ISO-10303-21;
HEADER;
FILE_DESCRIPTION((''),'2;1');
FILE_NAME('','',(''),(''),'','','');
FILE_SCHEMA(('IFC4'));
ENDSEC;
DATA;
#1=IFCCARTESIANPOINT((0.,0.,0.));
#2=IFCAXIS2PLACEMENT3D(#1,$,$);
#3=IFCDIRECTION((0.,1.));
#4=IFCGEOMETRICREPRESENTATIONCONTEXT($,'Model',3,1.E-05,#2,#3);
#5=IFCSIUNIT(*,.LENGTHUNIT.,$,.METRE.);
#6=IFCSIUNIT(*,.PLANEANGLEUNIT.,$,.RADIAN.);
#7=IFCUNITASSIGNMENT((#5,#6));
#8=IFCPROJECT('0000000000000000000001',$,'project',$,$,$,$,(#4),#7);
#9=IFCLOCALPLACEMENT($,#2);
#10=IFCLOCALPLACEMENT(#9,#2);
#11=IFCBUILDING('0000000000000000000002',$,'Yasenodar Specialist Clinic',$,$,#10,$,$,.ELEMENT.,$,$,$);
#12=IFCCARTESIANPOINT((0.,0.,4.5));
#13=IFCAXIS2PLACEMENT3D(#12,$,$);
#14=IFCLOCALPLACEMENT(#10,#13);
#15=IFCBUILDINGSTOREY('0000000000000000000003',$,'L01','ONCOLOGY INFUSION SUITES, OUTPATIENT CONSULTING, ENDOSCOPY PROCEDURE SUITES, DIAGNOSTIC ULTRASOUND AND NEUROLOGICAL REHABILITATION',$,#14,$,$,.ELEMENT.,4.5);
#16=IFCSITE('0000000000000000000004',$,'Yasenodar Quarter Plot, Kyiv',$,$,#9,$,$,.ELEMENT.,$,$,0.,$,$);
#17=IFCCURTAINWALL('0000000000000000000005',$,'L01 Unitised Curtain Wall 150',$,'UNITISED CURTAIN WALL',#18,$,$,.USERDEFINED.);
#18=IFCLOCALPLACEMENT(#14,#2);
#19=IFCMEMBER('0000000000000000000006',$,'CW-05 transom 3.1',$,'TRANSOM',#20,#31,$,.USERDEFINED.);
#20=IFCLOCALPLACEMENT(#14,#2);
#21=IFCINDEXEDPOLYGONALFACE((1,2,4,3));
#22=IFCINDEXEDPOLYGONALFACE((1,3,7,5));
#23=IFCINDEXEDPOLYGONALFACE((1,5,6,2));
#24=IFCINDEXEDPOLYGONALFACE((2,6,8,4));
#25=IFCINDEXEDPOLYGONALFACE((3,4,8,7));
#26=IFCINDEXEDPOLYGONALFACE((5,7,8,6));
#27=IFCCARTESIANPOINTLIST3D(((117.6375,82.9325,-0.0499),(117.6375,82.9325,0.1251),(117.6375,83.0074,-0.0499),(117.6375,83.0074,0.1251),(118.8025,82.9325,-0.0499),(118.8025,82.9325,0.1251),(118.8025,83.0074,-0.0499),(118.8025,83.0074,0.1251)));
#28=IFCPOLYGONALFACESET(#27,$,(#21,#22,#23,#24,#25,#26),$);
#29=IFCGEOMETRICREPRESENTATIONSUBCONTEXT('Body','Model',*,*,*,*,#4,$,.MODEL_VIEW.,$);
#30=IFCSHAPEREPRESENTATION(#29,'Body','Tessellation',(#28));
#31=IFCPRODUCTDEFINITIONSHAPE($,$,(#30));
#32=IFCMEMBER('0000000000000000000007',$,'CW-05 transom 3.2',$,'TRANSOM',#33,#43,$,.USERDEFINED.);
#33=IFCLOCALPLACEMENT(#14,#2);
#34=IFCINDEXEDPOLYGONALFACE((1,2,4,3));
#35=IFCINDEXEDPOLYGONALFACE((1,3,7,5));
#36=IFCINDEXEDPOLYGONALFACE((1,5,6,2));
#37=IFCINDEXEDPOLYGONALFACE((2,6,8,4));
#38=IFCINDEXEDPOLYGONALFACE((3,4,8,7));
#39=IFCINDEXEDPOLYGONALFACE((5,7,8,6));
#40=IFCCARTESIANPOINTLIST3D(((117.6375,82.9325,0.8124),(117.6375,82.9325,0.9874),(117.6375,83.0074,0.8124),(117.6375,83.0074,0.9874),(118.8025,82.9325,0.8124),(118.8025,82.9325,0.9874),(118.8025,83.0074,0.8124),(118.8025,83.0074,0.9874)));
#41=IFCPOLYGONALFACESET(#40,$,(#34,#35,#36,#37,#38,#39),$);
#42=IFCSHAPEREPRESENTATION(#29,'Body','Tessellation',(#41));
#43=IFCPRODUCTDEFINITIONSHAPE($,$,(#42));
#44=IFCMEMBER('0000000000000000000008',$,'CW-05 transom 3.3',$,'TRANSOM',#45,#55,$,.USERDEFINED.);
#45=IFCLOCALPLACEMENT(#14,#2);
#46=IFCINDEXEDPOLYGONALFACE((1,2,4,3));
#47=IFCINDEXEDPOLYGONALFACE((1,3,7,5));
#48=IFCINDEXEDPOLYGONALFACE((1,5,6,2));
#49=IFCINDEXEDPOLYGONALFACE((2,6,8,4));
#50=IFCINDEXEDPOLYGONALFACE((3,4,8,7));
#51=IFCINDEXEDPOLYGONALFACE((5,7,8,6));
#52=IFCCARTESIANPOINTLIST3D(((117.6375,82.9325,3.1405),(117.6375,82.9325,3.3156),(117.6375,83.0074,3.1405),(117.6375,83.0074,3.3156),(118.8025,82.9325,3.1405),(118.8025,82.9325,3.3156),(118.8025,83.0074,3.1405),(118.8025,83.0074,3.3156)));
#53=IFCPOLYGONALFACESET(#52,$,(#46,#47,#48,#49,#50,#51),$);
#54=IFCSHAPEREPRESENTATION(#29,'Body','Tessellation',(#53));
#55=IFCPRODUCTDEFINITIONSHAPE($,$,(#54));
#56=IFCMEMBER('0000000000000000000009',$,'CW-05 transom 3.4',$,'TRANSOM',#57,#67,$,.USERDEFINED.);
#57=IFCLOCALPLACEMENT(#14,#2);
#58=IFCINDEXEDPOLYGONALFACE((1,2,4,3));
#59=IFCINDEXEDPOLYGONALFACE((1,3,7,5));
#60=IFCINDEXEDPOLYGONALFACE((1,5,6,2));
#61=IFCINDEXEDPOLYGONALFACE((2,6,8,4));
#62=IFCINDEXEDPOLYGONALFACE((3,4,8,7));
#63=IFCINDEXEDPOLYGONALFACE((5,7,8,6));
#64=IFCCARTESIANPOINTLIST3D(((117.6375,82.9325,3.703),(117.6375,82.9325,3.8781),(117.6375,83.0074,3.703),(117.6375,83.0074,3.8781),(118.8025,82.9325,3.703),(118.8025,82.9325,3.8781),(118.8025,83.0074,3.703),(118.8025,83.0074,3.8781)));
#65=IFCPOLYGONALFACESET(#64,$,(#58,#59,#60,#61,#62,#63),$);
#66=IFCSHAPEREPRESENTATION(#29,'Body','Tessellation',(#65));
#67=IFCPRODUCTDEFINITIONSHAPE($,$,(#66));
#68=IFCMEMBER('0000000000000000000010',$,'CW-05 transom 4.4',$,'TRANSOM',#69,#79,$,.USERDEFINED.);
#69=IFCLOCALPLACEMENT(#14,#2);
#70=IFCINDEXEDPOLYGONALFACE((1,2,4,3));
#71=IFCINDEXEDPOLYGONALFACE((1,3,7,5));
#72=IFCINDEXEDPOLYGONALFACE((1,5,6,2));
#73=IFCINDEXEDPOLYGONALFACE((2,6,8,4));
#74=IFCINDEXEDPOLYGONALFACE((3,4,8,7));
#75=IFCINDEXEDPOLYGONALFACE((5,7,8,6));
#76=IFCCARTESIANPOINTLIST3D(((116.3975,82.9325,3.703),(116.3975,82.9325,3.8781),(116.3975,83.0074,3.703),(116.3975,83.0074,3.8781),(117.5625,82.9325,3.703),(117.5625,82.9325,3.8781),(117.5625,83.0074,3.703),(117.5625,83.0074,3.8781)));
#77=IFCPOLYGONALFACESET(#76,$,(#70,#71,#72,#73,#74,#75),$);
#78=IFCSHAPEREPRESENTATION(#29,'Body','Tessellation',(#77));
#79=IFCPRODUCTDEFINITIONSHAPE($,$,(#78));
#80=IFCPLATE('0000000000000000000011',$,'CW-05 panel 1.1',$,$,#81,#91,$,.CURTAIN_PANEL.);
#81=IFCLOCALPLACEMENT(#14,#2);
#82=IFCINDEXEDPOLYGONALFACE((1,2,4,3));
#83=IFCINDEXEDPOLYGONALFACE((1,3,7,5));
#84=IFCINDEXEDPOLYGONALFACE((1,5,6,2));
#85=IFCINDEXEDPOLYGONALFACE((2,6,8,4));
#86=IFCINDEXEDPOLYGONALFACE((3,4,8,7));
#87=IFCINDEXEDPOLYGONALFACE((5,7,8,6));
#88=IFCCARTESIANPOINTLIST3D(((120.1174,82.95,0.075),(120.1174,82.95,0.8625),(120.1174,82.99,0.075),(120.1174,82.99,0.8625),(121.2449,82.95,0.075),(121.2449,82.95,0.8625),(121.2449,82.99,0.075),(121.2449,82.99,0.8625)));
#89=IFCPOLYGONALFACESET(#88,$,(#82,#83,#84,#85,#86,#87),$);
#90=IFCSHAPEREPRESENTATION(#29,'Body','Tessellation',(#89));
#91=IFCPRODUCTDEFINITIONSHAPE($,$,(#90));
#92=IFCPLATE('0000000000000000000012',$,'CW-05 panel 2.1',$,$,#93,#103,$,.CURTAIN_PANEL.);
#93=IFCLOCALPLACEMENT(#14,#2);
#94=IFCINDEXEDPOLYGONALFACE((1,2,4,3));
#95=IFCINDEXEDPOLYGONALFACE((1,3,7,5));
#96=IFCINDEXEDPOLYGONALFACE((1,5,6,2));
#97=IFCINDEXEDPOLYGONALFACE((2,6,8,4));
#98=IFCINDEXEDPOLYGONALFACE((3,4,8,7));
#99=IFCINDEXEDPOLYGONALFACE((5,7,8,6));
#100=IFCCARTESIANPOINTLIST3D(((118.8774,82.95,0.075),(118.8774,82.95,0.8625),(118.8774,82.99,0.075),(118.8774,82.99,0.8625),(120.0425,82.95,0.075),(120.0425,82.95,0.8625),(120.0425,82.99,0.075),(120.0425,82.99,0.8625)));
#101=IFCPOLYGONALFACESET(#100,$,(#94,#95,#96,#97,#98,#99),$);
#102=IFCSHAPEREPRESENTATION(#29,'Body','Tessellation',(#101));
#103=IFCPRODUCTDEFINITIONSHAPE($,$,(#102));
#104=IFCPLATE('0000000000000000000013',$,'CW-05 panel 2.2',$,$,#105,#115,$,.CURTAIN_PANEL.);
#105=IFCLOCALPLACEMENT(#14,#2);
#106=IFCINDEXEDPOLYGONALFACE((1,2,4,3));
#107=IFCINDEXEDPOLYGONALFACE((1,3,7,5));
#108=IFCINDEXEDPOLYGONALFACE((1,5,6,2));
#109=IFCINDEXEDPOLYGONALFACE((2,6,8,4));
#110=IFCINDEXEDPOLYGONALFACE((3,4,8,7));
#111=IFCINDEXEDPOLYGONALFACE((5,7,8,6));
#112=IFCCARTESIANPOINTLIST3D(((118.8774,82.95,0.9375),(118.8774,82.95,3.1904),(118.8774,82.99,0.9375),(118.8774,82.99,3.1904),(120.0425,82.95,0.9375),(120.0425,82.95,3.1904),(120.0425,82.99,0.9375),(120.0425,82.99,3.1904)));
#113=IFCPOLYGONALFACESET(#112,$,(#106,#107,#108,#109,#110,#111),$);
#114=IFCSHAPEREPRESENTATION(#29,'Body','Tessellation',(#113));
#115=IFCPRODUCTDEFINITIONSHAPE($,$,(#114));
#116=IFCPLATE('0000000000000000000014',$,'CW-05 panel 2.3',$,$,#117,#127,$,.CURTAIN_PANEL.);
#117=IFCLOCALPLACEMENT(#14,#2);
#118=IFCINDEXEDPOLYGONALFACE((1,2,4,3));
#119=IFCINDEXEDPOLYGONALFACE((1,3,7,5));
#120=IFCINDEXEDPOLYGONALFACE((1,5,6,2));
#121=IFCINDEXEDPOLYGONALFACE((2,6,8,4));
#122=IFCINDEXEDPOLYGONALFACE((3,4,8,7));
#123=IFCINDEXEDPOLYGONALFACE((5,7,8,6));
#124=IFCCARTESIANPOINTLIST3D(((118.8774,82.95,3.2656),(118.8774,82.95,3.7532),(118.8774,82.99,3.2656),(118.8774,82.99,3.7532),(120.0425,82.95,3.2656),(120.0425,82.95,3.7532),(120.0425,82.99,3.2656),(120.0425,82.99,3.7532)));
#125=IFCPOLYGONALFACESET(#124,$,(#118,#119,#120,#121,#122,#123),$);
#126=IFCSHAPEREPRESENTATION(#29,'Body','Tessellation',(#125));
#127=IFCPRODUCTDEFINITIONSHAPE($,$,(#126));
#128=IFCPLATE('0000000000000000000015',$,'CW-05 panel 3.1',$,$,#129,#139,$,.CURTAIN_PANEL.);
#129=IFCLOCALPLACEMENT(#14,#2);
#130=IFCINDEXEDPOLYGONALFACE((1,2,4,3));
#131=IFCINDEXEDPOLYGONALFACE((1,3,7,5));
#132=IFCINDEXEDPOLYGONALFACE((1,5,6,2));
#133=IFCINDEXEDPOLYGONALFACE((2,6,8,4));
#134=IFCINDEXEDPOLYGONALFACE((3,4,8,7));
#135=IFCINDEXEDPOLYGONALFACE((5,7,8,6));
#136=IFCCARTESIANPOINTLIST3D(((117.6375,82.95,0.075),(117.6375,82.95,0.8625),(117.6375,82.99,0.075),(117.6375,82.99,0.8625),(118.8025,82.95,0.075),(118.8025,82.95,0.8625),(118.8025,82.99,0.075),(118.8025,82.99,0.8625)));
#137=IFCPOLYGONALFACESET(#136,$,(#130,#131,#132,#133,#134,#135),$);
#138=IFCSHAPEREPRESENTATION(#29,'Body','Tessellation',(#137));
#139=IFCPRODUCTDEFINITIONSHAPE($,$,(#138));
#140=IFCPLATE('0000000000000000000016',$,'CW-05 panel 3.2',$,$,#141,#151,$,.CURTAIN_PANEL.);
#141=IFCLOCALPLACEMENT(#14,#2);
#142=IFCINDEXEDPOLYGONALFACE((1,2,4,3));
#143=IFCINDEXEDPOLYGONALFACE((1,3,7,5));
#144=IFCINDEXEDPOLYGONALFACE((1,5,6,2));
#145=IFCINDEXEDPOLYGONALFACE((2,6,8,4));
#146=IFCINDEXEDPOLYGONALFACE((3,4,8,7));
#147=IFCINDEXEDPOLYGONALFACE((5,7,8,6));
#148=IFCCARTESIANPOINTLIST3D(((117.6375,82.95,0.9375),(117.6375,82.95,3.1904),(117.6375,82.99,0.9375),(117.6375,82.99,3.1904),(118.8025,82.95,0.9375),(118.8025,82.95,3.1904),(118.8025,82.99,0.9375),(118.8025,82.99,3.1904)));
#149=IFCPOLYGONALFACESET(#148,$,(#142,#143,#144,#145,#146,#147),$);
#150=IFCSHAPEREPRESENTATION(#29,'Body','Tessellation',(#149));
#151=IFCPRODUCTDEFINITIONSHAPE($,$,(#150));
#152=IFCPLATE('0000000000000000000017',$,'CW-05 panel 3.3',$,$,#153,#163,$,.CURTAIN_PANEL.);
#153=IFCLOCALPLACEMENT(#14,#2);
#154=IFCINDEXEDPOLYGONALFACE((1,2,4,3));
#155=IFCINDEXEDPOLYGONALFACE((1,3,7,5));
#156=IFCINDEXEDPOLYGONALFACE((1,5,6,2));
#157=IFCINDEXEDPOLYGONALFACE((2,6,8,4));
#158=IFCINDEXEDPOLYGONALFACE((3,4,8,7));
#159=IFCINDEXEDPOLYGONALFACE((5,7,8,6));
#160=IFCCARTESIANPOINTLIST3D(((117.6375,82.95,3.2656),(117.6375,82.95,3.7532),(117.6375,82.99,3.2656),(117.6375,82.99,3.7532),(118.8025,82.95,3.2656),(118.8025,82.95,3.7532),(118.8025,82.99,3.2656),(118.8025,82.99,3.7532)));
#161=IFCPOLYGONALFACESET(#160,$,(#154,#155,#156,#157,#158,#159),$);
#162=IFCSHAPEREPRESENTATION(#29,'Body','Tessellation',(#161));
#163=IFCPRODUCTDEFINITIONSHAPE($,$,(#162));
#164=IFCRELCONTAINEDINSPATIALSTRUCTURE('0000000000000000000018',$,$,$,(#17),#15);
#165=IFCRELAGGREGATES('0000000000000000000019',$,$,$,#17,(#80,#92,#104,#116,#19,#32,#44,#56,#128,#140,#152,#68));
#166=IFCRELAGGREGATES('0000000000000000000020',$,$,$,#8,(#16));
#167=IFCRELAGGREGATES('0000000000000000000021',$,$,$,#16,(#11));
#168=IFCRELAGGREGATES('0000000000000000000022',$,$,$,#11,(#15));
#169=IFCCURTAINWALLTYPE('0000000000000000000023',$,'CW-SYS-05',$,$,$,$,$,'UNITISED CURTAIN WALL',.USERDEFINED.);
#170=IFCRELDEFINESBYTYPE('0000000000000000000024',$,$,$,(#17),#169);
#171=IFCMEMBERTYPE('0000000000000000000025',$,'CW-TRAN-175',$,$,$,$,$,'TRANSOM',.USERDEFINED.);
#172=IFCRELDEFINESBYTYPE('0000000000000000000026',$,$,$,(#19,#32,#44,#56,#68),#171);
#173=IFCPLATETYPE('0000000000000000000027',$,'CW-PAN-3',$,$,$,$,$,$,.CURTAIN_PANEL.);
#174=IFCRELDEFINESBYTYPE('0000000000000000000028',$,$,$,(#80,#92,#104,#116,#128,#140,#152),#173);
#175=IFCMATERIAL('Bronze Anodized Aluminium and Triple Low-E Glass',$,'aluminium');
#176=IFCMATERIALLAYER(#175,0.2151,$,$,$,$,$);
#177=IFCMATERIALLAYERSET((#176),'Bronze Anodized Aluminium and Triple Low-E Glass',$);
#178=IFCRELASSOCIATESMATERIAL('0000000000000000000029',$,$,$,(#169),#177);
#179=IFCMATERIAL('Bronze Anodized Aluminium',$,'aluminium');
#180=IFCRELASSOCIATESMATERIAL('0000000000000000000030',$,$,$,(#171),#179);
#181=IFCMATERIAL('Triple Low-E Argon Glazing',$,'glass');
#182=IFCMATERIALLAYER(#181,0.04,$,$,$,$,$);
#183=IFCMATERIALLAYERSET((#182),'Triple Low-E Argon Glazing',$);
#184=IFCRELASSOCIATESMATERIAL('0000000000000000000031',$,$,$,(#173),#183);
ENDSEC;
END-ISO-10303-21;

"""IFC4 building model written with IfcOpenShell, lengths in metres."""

from ifc_helpers import new_model, si_unit, direction, frame, origin, origin_2d, place, context, subcontext, project, spatial, rectangle, extrude, material, layer, layer_set, material_profile, profile_set, type_object, element, aggregate, save


model = new_model("IFC4")

# Units and contexts
model_context = context("Model", 3, precision=1e-05, world=origin(), true_north=direction((0.0, 1.0)))
body_context = subcontext(model_context, "Body", "Model", "MODEL_VIEW")
ifc_project = project(units=[si_unit("LENGTHUNIT", "METRE"), si_unit("PLANEANGLEUNIT", "RADIAN")], contexts=[model_context])

# Site, building, storey
site_placement = place(None, origin())
site = spatial("IfcSite", under=ifc_project, at=site_placement, Name="Yasenodar Quarter Plot, Kyiv", CompositionType="ELEMENT", RefElevation=0.0)
building_placement = place(site_placement, origin())
building = spatial("IfcBuilding", under=site, at=building_placement, Name="Yasenodar Specialist Clinic", CompositionType="ELEMENT")
storey_placement = place(building_placement, frame((0.0, 0.0, 4.5)))
storey = spatial("IfcBuildingStorey", under=building, at=storey_placement, Name="L01", Description="ONCOLOGY INFUSION SUITES, OUTPATIENT CONSULTING, ENDOSCOPY PROCEDURE SUITES, DIAGNOSTIC ULTRASOUND AND NEUROLOGICAL REHABILITATION", CompositionType="ELEMENT", Elevation=4.5)

# Curtain wall, members, plates
ifc_material_1 = material(Name="Bronze Anodized Aluminium and Triple Low-E Glass", Category="aluminium")
ifc_layer_1 = layer(ifc_material_1, 0.2151)
ifc_layer_set_1 = layer_set([ifc_layer_1], Name="Bronze Anodized Aluminium and Triple Low-E Glass")
curtain_wall_type = type_object("IfcCurtainWallType", Name="CW-SYS-05", ElementType="UNITISED CURTAIN WALL", PredefinedType="USERDEFINED", material=ifc_layer_set_1)
curtain_wall_placement = place(storey_placement, origin())
curtain_wall = element("IfcCurtainWall", 1, at=curtain_wall_placement, inside=storey, type_object=curtain_wall_type, Name="L01 Unitised Curtain Wall 150", ObjectType="UNITISED CURTAIN WALL", PredefinedType="USERDEFINED")
ifc_material_2 = material(Name="Bronze Anodized Aluminium", Category="aluminium")
ifc_material_profile_1 = material_profile(ifc_material_2, rectangle(XDim=0.075, YDim=0.175, at=origin_2d()), Name="CW-TRAN 75x175")
ifc_profile_set_1 = profile_set([ifc_material_profile_1], Name="Bronze Anodized Aluminium")
member_type_1 = type_object("IfcMemberType", Name="CW-TRAN-175", ElementType="TRANSOM", PredefinedType="USERDEFINED", material=ifc_profile_set_1)
member_1_placement = place(storey_placement, frame((118.8025, 82.97, 0.0376), z_axis=(-1.0, 0.0, 0.0), x_axis=(0.0, -1.0, 0.0)))
member_1 = element("IfcMember", 2, at=member_1_placement, type_object=member_type_1, Name="CW-05 transom 3.1", ObjectType="TRANSOM", PredefinedType="USERDEFINED", context=body_context, shape_type="SweptSolid", body=[
    extrude(rectangle(XDim=0.075, YDim=0.175, at=origin_2d()), origin(), (0.0, 0.0, 1.0), 1.165),
])
member_2_placement = place(storey_placement, frame((118.8025, 82.97, 0.8999), z_axis=(-1.0, 0.0, 0.0), x_axis=(0.0, -1.0, 0.0)))
member_2 = element("IfcMember", 3, at=member_2_placement, type_object=member_type_1, Name="CW-05 transom 3.2", ObjectType="TRANSOM", PredefinedType="USERDEFINED", context=body_context, shape_type="SweptSolid", body=[
    extrude(rectangle(XDim=0.075, YDim=0.175, at=origin_2d()), origin(), (0.0, 0.0, 1.0), 1.165),
])
member_3_placement = place(storey_placement, frame((118.8025, 82.97, 3.228), z_axis=(-1.0, 0.0, 0.0), x_axis=(0.0, -1.0, 0.0)))
member_3 = element("IfcMember", 4, at=member_3_placement, type_object=member_type_1, Name="CW-05 transom 3.3", ObjectType="TRANSOM", PredefinedType="USERDEFINED", context=body_context, shape_type="SweptSolid", body=[
    extrude(rectangle(XDim=0.075, YDim=0.175, at=origin_2d()), origin(), (0.0, 0.0, 1.0), 1.165),
])
member_4_placement = place(storey_placement, frame((118.8025, 82.97, 3.7905), z_axis=(-1.0, 0.0, 0.0), x_axis=(0.0, -1.0, 0.0)))
member_4 = element("IfcMember", 5, at=member_4_placement, type_object=member_type_1, Name="CW-05 transom 3.4", ObjectType="TRANSOM", PredefinedType="USERDEFINED", context=body_context, shape_type="SweptSolid", body=[
    extrude(rectangle(XDim=0.075, YDim=0.175, at=origin_2d()), origin(), (0.0, 0.0, 1.0), 1.165),
])
member_5_placement = place(storey_placement, frame((117.5625, 82.97, 3.7905), z_axis=(-1.0, 0.0, 0.0), x_axis=(0.0, -1.0, 0.0)))
member_5 = element("IfcMember", 6, at=member_5_placement, type_object=member_type_1, Name="CW-05 transom 4.4", ObjectType="TRANSOM", PredefinedType="USERDEFINED", context=body_context, shape_type="SweptSolid", body=[
    extrude(rectangle(XDim=0.075, YDim=0.175, at=origin_2d()), origin(), (0.0, 0.0, 1.0), 1.165),
])
ifc_material_3 = material(Name="Triple Low-E Argon Glazing", Category="glass")
ifc_layer_2 = layer(ifc_material_3, 0.04)
ifc_layer_set_2 = layer_set([ifc_layer_2], Name="Triple Low-E Argon Glazing")
plate_type = type_object("IfcPlateType", Name="CW-PAN-3", PredefinedType="CURTAIN_PANEL", material=ifc_layer_set_2)
plate_1_placement = place(storey_placement, frame((120.6812, 82.97, 0.075), z_axis=(0.0, 0.0, 1.0), x_axis=(-1.0, 0.0, 0.0)))
plate_1 = element("IfcPlate", 7, at=plate_1_placement, type_object=plate_type, Name="CW-05 panel 1.1", PredefinedType="CURTAIN_PANEL", context=body_context, shape_type="SweptSolid", body=[
    extrude(rectangle(XDim=1.1274, YDim=0.04, at=origin_2d()), origin(), (0.0, 0.0, 1.0), 0.7876),
])
plate_2_placement = place(storey_placement, frame((119.46, 82.97, 0.075), z_axis=(0.0, 0.0, 1.0), x_axis=(-1.0, 0.0, 0.0)))
plate_2 = element("IfcPlate", 8, at=plate_2_placement, type_object=plate_type, Name="CW-05 panel 2.1", PredefinedType="CURTAIN_PANEL", context=body_context, shape_type="SweptSolid", body=[
    extrude(rectangle(XDim=1.165, YDim=0.04, at=origin_2d()), origin(), (0.0, 0.0, 1.0), 0.7876),
])
plate_3_placement = place(storey_placement, frame((119.46, 82.97, 0.9375), z_axis=(0.0, 0.0, 1.0), x_axis=(-1.0, 0.0, 0.0)))
plate_3 = element("IfcPlate", 9, at=plate_3_placement, type_object=plate_type, Name="CW-05 panel 2.2", PredefinedType="CURTAIN_PANEL", context=body_context, shape_type="SweptSolid", body=[
    extrude(rectangle(XDim=1.165, YDim=0.04, at=origin_2d()), origin(), (0.0, 0.0, 1.0), 2.2529),
])
plate_4_placement = place(storey_placement, frame((119.46, 82.97, 3.2656), z_axis=(0.0, 0.0, 1.0), x_axis=(-1.0, 0.0, 0.0)))
plate_4 = element("IfcPlate", 10, at=plate_4_placement, type_object=plate_type, Name="CW-05 panel 2.3", PredefinedType="CURTAIN_PANEL", context=body_context, shape_type="SweptSolid", body=[
    extrude(rectangle(XDim=1.165, YDim=0.04, at=origin_2d()), origin(), (0.0, 0.0, 1.0), 0.4875),
])
plate_5_placement = place(storey_placement, frame((118.22, 82.97, 0.075), z_axis=(0.0, 0.0, 1.0), x_axis=(-1.0, 0.0, 0.0)))
plate_5 = element("IfcPlate", 11, at=plate_5_placement, type_object=plate_type, Name="CW-05 panel 3.1", PredefinedType="CURTAIN_PANEL", context=body_context, shape_type="SweptSolid", body=[
    extrude(rectangle(XDim=1.165, YDim=0.04, at=origin_2d()), origin(), (0.0, 0.0, 1.0), 0.7876),
])
plate_6_placement = place(storey_placement, frame((118.22, 82.97, 0.9375), z_axis=(0.0, 0.0, 1.0), x_axis=(-1.0, 0.0, 0.0)))
plate_6 = element("IfcPlate", 12, at=plate_6_placement, type_object=plate_type, Name="CW-05 panel 3.2", PredefinedType="CURTAIN_PANEL", context=body_context, shape_type="SweptSolid", body=[
    extrude(rectangle(XDim=1.165, YDim=0.04, at=origin_2d()), origin(), (0.0, 0.0, 1.0), 2.2529),
])
plate_7_placement = place(storey_placement, frame((118.22, 82.97, 3.2656), z_axis=(0.0, 0.0, 1.0), x_axis=(-1.0, 0.0, 0.0)))
plate_7 = element("IfcPlate", 13, at=plate_7_placement, type_object=plate_type, Name="CW-05 panel 3.3", PredefinedType="CURTAIN_PANEL", context=body_context, shape_type="SweptSolid", body=[
    extrude(rectangle(XDim=1.165, YDim=0.04, at=origin_2d()), origin(), (0.0, 0.0, 1.0), 0.4875),
])
aggregate(curtain_wall, [plate_1, plate_2, plate_3, plate_4, member_1, member_2, member_3, member_4, plate_5, plate_6, plate_7, member_5])

save(model, "model.ifc")
